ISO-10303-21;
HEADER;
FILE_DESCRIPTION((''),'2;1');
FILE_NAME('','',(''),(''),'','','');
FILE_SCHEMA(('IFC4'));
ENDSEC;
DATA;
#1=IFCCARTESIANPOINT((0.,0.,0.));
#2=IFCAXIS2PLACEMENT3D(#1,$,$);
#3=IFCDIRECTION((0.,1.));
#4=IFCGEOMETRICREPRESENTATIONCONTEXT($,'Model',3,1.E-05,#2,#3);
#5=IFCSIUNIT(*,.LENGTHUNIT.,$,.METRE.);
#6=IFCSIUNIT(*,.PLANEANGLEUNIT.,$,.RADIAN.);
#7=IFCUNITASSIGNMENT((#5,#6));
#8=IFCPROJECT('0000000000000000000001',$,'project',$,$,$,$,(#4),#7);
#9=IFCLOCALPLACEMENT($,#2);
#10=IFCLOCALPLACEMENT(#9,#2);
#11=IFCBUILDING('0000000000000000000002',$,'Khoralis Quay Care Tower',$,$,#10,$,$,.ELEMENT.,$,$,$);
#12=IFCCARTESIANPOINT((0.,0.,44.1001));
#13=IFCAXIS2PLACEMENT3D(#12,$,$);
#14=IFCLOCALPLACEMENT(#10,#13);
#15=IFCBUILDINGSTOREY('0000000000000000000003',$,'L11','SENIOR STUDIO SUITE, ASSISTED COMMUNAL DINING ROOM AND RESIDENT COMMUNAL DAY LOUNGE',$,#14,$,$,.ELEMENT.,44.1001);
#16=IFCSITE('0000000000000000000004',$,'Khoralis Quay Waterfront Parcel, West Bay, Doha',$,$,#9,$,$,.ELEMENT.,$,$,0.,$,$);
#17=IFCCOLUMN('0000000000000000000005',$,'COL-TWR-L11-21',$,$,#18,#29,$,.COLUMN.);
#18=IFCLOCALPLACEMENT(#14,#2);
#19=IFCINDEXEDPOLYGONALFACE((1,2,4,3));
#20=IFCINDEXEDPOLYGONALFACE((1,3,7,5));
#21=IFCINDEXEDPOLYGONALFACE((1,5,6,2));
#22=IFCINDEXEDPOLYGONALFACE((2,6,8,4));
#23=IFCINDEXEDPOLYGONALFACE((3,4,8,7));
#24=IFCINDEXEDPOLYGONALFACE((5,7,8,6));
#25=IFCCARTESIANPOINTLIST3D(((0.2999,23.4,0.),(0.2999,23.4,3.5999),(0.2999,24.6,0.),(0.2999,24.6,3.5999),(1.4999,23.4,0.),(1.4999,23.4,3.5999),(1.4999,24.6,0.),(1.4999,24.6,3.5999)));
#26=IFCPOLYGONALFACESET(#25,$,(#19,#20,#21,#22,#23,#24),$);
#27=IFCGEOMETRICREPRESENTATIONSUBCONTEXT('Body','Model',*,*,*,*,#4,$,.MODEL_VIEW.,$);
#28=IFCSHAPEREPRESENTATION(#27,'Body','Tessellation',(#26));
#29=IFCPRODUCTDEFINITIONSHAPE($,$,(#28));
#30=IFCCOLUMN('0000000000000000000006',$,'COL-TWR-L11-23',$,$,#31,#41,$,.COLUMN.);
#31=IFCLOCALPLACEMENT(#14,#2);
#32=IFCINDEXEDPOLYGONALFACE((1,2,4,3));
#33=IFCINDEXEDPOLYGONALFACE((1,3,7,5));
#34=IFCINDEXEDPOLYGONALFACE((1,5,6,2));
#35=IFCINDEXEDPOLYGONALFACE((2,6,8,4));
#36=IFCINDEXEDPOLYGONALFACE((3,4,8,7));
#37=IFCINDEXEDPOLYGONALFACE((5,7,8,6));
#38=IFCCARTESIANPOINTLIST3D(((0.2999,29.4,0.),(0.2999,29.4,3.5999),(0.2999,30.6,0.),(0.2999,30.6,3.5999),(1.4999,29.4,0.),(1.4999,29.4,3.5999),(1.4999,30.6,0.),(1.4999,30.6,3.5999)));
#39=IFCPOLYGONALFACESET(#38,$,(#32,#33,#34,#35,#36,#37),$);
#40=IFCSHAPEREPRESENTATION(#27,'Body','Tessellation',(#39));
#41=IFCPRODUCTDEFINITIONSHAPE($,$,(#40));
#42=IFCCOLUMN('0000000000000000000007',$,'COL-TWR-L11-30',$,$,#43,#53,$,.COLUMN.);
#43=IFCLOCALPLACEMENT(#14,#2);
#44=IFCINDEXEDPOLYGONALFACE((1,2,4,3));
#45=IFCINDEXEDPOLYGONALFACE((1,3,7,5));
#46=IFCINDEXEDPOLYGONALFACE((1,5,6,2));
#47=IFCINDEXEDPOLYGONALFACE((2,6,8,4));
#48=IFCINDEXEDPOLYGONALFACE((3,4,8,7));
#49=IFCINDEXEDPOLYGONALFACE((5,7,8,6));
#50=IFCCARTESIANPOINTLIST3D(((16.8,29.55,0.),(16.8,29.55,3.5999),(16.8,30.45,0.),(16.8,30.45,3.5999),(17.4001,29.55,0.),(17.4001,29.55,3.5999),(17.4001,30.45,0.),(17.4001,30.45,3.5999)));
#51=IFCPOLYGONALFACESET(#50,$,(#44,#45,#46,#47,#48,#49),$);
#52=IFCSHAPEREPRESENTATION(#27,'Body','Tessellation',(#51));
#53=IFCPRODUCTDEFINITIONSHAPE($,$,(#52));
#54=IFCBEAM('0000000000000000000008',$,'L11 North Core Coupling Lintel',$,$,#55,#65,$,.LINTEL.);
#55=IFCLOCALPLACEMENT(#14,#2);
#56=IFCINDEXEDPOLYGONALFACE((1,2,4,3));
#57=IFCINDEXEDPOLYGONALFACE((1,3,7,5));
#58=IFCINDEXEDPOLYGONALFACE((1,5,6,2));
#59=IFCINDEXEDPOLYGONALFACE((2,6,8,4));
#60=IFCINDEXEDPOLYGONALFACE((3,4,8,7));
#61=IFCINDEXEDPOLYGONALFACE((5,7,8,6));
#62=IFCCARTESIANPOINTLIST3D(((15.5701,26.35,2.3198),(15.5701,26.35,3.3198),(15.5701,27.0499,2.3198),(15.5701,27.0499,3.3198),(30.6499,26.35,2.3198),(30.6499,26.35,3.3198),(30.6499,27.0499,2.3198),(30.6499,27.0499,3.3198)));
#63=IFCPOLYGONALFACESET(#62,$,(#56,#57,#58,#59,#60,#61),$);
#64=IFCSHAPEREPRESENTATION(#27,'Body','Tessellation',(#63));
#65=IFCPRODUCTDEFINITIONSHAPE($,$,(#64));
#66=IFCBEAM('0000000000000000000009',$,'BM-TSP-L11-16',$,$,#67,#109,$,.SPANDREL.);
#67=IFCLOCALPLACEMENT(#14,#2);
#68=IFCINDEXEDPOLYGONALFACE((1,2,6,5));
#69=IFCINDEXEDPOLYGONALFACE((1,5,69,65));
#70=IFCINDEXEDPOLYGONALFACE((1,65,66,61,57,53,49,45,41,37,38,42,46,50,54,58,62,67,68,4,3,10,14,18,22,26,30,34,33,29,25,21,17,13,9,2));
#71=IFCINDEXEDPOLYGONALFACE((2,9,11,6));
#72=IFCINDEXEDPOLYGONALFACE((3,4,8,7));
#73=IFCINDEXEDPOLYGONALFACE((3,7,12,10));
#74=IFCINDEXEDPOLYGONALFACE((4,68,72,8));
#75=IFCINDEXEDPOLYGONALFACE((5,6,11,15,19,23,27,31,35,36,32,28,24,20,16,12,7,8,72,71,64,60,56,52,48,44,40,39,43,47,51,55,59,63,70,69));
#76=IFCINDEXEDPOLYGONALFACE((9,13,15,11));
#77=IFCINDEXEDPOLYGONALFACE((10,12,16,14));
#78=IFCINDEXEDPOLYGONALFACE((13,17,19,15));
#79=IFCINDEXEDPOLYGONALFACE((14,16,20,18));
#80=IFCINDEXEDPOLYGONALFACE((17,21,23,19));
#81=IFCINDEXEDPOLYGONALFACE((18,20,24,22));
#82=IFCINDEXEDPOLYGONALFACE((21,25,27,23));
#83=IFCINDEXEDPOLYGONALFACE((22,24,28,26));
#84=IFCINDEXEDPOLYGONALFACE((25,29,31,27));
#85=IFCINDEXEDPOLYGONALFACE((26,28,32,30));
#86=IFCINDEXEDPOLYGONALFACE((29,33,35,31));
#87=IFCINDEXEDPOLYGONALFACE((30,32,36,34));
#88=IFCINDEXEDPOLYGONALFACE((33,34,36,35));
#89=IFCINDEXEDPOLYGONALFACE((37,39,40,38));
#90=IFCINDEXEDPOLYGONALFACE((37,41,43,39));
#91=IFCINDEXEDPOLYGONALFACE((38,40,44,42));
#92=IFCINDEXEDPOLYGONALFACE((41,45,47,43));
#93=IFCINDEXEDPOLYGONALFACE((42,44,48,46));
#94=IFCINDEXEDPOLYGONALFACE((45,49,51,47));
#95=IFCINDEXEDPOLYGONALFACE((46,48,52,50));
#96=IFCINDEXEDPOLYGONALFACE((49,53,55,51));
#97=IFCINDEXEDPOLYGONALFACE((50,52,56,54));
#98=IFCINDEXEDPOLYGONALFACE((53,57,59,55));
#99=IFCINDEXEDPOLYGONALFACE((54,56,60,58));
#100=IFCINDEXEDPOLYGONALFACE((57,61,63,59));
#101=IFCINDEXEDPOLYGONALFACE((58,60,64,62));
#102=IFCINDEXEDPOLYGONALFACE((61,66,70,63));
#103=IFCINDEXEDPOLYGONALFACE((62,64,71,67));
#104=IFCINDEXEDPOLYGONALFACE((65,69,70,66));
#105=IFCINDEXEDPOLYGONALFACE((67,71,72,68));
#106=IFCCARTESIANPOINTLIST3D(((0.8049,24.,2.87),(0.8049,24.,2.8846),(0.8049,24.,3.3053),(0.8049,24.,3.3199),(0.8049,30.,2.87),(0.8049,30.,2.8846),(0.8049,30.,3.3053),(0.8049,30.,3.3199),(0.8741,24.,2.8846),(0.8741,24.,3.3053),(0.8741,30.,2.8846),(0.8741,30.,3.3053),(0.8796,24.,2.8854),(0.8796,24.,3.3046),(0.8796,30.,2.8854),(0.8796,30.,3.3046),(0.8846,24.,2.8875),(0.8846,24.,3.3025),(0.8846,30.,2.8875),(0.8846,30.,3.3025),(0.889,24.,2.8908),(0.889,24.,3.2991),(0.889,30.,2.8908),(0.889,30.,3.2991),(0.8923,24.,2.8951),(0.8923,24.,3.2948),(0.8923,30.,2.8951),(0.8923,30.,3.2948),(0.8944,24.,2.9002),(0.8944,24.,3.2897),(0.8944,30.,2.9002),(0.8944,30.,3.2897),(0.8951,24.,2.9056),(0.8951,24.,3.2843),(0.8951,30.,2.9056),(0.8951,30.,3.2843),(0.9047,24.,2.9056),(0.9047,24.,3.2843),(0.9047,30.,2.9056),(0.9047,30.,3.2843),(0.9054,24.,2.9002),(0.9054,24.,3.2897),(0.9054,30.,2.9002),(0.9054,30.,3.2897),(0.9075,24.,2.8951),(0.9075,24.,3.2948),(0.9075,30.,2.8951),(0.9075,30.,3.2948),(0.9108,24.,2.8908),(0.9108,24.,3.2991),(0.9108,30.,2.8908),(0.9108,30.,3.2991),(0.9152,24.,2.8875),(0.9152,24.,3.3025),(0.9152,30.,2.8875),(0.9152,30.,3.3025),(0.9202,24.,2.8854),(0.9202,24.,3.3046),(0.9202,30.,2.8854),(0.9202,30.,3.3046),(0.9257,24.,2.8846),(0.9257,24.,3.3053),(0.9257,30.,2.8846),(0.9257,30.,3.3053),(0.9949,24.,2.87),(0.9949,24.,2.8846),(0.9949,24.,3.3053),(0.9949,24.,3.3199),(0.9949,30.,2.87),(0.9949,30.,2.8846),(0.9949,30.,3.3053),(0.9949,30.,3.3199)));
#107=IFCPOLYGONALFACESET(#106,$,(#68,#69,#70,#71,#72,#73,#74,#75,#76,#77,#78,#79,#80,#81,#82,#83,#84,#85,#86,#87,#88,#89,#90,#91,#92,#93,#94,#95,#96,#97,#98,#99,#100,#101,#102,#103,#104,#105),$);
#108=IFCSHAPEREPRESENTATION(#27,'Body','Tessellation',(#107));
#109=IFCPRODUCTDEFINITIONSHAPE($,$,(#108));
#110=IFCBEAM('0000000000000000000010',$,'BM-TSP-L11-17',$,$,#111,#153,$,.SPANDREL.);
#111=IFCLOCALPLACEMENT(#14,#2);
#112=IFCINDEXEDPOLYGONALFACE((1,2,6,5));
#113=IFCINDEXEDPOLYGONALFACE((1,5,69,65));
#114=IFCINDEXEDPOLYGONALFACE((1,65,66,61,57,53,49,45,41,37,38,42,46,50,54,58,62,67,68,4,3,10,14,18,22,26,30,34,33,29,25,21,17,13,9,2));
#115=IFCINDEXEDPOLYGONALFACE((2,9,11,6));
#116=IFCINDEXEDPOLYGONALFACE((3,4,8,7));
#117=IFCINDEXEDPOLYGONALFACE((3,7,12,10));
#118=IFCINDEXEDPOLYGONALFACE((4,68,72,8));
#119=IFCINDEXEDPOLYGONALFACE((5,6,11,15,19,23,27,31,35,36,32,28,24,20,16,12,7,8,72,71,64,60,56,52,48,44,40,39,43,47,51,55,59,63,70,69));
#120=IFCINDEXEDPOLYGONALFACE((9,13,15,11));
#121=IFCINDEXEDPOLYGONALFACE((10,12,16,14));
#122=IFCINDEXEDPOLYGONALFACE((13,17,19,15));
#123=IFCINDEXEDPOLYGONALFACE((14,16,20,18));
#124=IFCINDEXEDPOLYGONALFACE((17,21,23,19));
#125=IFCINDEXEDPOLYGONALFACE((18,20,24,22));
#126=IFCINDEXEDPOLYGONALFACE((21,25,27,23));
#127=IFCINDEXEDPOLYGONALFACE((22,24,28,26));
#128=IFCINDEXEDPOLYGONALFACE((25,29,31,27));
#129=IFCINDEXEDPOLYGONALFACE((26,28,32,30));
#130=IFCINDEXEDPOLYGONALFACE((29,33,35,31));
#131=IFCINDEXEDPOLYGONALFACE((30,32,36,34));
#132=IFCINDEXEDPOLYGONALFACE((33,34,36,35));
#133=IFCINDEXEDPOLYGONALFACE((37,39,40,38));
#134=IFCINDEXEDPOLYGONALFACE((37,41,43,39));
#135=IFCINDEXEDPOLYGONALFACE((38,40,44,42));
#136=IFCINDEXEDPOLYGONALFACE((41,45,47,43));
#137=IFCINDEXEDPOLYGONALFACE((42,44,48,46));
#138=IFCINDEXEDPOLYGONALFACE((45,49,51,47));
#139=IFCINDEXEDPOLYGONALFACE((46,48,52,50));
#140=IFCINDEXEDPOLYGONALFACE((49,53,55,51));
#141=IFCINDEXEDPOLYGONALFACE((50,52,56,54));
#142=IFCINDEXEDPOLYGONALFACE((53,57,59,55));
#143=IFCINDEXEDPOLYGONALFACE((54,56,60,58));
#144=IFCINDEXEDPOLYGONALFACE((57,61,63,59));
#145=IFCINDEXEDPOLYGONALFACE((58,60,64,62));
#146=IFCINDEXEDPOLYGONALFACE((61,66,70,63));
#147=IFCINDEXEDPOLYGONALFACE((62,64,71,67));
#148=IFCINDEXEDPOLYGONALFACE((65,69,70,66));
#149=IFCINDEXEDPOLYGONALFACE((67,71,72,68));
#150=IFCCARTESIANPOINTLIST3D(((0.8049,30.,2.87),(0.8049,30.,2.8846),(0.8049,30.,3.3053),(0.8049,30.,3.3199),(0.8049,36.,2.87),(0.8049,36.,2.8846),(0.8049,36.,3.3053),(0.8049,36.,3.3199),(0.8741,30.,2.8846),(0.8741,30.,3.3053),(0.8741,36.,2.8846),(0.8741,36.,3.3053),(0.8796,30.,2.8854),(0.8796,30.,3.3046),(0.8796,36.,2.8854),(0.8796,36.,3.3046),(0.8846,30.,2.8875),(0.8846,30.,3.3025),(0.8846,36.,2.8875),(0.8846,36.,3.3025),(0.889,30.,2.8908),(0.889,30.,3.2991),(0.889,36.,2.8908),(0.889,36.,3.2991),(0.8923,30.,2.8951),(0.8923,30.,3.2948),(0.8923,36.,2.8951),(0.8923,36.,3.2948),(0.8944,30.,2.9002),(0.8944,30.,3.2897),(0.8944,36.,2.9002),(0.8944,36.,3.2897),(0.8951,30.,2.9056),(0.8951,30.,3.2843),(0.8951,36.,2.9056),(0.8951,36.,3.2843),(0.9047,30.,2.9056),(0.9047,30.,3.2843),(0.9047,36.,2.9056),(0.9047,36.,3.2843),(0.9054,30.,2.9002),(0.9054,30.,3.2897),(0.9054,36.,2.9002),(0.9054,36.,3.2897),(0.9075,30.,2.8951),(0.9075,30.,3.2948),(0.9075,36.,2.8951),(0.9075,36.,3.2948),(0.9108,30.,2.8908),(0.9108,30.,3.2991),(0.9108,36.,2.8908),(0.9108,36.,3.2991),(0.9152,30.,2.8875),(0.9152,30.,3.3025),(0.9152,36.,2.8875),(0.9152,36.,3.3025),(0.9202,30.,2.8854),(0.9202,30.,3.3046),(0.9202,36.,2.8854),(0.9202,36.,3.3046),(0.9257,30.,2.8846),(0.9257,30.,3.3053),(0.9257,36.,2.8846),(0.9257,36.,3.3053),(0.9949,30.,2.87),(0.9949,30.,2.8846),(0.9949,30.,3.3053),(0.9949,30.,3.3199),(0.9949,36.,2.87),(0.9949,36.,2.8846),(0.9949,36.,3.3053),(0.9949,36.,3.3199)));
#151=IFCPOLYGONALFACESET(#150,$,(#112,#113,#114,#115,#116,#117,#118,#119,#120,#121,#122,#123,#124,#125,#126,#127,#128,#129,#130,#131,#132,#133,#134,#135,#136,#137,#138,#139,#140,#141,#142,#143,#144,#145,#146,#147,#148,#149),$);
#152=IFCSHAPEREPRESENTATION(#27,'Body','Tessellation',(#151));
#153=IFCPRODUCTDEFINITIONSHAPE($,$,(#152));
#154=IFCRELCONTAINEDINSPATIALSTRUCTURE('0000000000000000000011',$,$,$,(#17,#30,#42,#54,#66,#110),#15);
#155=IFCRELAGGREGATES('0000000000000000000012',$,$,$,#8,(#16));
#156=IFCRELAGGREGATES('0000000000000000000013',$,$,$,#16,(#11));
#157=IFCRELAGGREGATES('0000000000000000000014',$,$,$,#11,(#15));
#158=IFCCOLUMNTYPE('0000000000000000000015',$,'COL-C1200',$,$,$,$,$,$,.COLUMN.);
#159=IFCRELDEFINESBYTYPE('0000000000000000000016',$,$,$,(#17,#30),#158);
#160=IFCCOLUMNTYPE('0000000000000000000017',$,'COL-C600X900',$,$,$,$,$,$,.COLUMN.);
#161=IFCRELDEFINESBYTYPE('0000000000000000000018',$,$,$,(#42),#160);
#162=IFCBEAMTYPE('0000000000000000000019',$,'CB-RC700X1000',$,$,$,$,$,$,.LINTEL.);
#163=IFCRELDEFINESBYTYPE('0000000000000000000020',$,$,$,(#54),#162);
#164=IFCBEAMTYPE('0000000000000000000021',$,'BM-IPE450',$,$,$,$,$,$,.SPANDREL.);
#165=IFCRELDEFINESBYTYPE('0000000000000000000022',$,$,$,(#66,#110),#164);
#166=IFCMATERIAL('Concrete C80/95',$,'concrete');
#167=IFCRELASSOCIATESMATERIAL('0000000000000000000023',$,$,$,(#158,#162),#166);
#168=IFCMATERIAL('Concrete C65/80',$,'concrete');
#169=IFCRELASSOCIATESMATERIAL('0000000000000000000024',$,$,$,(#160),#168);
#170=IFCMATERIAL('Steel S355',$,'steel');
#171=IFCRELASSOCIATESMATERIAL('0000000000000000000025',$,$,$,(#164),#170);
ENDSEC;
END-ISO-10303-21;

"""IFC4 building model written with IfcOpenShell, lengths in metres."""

from ifc_helpers import new_model, si_unit, direction, frame, origin, origin_2d, place, context, subcontext, project, spatial, rectangle, i_section, extrude, source, transform, mapped, material, material_profile, profile_set, type_object, element, save


model = new_model("IFC4")

# Units and contexts
model_context = context("Model", 3, precision=1e-05, world=origin(), true_north=direction((0.0, 1.0)))
body_context = subcontext(model_context, "Body", "Model", "MODEL_VIEW")
ifc_project = project(units=[si_unit("LENGTHUNIT", "METRE"), si_unit("PLANEANGLEUNIT", "RADIAN")], contexts=[model_context])

# Site, building, storey
site_placement = place(None, origin())
site = spatial("IfcSite", under=ifc_project, at=site_placement, Name="Khoralis Quay Waterfront Parcel, West Bay, Doha", CompositionType="ELEMENT", RefElevation=0.0)
building_placement = place(site_placement, origin())
building = spatial("IfcBuilding", under=site, at=building_placement, Name="Khoralis Quay Care Tower", CompositionType="ELEMENT")
storey_placement = place(building_placement, frame((0.0, 0.0, 44.1001)))
storey = spatial("IfcBuildingStorey", under=building, at=storey_placement, Name="L11", Description="SENIOR STUDIO SUITE, ASSISTED COMMUNAL DINING ROOM AND RESIDENT COMMUNAL DAY LOUNGE", CompositionType="ELEMENT", Elevation=44.1001)

# Columns
ifc_material_1 = material(Name="Concrete C80/95", Category="concrete")
ifc_material_profile_1 = material_profile(ifc_material_1, rectangle(XDim=1.2, YDim=1.2, at=origin_2d()), Name="Concrete C80/95")
ifc_profile_set_1 = profile_set([ifc_material_profile_1], Name="Concrete C80/95")
column_type_1 = type_object("IfcColumnType", Name="COL-C1200", PredefinedType="COLUMN", material=ifc_profile_set_1)
shared_shape_1 = source(origin(), body_context, "Body", "SweptSolid", [
    extrude(rectangle(XDim=1.2, YDim=1.2, at=origin_2d()), origin(), (0.0, 0.0, 1.0), 3.5999),
])
for number, where, z_axis, x_axis, name in (
    (1, (0.8999, 24.0, 0.0), (0.0, 0.0, 1.0), (1.0, 0.0, 0.0), "COL-TWR-L11-21"),
    (2, (0.8999, 30.0, 0.0), (0.0, 0.0, 1.0), (1.0, 0.0, 0.0), "COL-TWR-L11-23"),
):
    element("IfcColumn", number, at=place(storey_placement, frame(where, z_axis=z_axis, x_axis=x_axis)), inside=storey, type_object=column_type_1, Name=name, PredefinedType="COLUMN", context=body_context, shape_type="MappedRepresentation", body=[
        mapped(shared_shape_1, transform((0.0, 0.0, 0.0), scale=1.0)),
    ])
ifc_material_2 = material(Name="Concrete C65/80", Category="concrete")
ifc_material_profile_2 = material_profile(ifc_material_2, rectangle(XDim=0.6001, YDim=0.8999, at=origin_2d()), Name="Concrete C65/80")
ifc_profile_set_2 = profile_set([ifc_material_profile_2], Name="Concrete C65/80")
column_type_2 = type_object("IfcColumnType", Name="COL-C600X900", PredefinedType="COLUMN", material=ifc_profile_set_2)
shared_shape_2 = source(origin(), body_context, "Body", "SweptSolid", [
    extrude(rectangle(XDim=0.6001, YDim=0.8999, at=origin_2d()), origin(), (0.0, 0.0, 1.0), 3.5999),
])
column_placement = place(storey_placement, frame((17.1001, 30.0, 0.0), z_axis=(0.0, 0.0, 1.0), x_axis=(1.0, 0.0, 0.0)))
element("IfcColumn", 3, at=column_placement, inside=storey, type_object=column_type_2, Name="COL-TWR-L11-30", PredefinedType="COLUMN", context=body_context, shape_type="MappedRepresentation", body=[
    mapped(shared_shape_2, transform((0.0, 0.0, 0.0), scale=1.0)),
])

# Beams
ifc_material_profile_3 = material_profile(ifc_material_1, rectangle(XDim=0.7, YDim=1.0, at=origin_2d()), Name="Concrete C80/95")
ifc_profile_set_3 = profile_set([ifc_material_profile_3], Name="Concrete C80/95")
beam_type_1 = type_object("IfcBeamType", Name="CB-RC700X1000", PredefinedType="LINTEL", material=ifc_profile_set_3)
shared_shape_3 = source(origin(), body_context, "Body", "SweptSolid", [
    extrude(rectangle(XDim=0.7, YDim=1.0, at=origin_2d()), origin(), (0.0, 0.0, 1.0), 15.0798),
])
beam_1_placement = place(storey_placement, frame((15.5701, 26.7, 2.8198), z_axis=(1.0, 0.0, 0.0), x_axis=(0.0, 1.0, 0.0)))
element("IfcBeam", 4, at=beam_1_placement, inside=storey, type_object=beam_type_1, Name="L11 North Core Coupling Lintel", PredefinedType="LINTEL", context=body_context, shape_type="MappedRepresentation", body=[
    mapped(shared_shape_3, transform((0.0, 0.0, 0.0), scale=1.0)),
])
ifc_material_3 = material(Name="Steel S355", Category="steel")
ifc_material_profile_4 = material_profile(ifc_material_3, i_section(OverallWidth=0.1899, OverallDepth=0.45, WebThickness=0.0095, FlangeThickness=0.0146, FilletRadius=0.021, at=origin_2d()), Name="Steel S355")
ifc_profile_set_4 = profile_set([ifc_material_profile_4], Name="Steel S355")
beam_type_2 = type_object("IfcBeamType", Name="BM-IPE450", PredefinedType="SPANDREL", material=ifc_profile_set_4)
shared_shape_4 = source(origin(), body_context, "Body", "SweptSolid", [
    extrude(i_section(OverallWidth=0.1899, OverallDepth=0.45, WebThickness=0.0095, FlangeThickness=0.0146, FilletRadius=0.021, at=origin_2d()), origin(), (0.0, 0.0, 1.0), 6.0),
])
for number, where, z_axis, x_axis, name in (
    (5, (0.8999, 24.0, 3.095), (0.0, 1.0, 0.0), (-1.0, 0.0, 0.0), "BM-TSP-L11-16"),
    (6, (0.8999, 30.0, 3.095), (0.0, 1.0, 0.0), (-1.0, 0.0, 0.0), "BM-TSP-L11-17"),
):
    element("IfcBeam", number, at=place(storey_placement, frame(where, z_axis=z_axis, x_axis=x_axis)), inside=storey, type_object=beam_type_2, Name=name, PredefinedType="SPANDREL", context=body_context, shape_type="MappedRepresentation", body=[
        mapped(shared_shape_4, transform((0.0, 0.0, 0.0), scale=1.0)),
    ])

save(model, "model.ifc")
